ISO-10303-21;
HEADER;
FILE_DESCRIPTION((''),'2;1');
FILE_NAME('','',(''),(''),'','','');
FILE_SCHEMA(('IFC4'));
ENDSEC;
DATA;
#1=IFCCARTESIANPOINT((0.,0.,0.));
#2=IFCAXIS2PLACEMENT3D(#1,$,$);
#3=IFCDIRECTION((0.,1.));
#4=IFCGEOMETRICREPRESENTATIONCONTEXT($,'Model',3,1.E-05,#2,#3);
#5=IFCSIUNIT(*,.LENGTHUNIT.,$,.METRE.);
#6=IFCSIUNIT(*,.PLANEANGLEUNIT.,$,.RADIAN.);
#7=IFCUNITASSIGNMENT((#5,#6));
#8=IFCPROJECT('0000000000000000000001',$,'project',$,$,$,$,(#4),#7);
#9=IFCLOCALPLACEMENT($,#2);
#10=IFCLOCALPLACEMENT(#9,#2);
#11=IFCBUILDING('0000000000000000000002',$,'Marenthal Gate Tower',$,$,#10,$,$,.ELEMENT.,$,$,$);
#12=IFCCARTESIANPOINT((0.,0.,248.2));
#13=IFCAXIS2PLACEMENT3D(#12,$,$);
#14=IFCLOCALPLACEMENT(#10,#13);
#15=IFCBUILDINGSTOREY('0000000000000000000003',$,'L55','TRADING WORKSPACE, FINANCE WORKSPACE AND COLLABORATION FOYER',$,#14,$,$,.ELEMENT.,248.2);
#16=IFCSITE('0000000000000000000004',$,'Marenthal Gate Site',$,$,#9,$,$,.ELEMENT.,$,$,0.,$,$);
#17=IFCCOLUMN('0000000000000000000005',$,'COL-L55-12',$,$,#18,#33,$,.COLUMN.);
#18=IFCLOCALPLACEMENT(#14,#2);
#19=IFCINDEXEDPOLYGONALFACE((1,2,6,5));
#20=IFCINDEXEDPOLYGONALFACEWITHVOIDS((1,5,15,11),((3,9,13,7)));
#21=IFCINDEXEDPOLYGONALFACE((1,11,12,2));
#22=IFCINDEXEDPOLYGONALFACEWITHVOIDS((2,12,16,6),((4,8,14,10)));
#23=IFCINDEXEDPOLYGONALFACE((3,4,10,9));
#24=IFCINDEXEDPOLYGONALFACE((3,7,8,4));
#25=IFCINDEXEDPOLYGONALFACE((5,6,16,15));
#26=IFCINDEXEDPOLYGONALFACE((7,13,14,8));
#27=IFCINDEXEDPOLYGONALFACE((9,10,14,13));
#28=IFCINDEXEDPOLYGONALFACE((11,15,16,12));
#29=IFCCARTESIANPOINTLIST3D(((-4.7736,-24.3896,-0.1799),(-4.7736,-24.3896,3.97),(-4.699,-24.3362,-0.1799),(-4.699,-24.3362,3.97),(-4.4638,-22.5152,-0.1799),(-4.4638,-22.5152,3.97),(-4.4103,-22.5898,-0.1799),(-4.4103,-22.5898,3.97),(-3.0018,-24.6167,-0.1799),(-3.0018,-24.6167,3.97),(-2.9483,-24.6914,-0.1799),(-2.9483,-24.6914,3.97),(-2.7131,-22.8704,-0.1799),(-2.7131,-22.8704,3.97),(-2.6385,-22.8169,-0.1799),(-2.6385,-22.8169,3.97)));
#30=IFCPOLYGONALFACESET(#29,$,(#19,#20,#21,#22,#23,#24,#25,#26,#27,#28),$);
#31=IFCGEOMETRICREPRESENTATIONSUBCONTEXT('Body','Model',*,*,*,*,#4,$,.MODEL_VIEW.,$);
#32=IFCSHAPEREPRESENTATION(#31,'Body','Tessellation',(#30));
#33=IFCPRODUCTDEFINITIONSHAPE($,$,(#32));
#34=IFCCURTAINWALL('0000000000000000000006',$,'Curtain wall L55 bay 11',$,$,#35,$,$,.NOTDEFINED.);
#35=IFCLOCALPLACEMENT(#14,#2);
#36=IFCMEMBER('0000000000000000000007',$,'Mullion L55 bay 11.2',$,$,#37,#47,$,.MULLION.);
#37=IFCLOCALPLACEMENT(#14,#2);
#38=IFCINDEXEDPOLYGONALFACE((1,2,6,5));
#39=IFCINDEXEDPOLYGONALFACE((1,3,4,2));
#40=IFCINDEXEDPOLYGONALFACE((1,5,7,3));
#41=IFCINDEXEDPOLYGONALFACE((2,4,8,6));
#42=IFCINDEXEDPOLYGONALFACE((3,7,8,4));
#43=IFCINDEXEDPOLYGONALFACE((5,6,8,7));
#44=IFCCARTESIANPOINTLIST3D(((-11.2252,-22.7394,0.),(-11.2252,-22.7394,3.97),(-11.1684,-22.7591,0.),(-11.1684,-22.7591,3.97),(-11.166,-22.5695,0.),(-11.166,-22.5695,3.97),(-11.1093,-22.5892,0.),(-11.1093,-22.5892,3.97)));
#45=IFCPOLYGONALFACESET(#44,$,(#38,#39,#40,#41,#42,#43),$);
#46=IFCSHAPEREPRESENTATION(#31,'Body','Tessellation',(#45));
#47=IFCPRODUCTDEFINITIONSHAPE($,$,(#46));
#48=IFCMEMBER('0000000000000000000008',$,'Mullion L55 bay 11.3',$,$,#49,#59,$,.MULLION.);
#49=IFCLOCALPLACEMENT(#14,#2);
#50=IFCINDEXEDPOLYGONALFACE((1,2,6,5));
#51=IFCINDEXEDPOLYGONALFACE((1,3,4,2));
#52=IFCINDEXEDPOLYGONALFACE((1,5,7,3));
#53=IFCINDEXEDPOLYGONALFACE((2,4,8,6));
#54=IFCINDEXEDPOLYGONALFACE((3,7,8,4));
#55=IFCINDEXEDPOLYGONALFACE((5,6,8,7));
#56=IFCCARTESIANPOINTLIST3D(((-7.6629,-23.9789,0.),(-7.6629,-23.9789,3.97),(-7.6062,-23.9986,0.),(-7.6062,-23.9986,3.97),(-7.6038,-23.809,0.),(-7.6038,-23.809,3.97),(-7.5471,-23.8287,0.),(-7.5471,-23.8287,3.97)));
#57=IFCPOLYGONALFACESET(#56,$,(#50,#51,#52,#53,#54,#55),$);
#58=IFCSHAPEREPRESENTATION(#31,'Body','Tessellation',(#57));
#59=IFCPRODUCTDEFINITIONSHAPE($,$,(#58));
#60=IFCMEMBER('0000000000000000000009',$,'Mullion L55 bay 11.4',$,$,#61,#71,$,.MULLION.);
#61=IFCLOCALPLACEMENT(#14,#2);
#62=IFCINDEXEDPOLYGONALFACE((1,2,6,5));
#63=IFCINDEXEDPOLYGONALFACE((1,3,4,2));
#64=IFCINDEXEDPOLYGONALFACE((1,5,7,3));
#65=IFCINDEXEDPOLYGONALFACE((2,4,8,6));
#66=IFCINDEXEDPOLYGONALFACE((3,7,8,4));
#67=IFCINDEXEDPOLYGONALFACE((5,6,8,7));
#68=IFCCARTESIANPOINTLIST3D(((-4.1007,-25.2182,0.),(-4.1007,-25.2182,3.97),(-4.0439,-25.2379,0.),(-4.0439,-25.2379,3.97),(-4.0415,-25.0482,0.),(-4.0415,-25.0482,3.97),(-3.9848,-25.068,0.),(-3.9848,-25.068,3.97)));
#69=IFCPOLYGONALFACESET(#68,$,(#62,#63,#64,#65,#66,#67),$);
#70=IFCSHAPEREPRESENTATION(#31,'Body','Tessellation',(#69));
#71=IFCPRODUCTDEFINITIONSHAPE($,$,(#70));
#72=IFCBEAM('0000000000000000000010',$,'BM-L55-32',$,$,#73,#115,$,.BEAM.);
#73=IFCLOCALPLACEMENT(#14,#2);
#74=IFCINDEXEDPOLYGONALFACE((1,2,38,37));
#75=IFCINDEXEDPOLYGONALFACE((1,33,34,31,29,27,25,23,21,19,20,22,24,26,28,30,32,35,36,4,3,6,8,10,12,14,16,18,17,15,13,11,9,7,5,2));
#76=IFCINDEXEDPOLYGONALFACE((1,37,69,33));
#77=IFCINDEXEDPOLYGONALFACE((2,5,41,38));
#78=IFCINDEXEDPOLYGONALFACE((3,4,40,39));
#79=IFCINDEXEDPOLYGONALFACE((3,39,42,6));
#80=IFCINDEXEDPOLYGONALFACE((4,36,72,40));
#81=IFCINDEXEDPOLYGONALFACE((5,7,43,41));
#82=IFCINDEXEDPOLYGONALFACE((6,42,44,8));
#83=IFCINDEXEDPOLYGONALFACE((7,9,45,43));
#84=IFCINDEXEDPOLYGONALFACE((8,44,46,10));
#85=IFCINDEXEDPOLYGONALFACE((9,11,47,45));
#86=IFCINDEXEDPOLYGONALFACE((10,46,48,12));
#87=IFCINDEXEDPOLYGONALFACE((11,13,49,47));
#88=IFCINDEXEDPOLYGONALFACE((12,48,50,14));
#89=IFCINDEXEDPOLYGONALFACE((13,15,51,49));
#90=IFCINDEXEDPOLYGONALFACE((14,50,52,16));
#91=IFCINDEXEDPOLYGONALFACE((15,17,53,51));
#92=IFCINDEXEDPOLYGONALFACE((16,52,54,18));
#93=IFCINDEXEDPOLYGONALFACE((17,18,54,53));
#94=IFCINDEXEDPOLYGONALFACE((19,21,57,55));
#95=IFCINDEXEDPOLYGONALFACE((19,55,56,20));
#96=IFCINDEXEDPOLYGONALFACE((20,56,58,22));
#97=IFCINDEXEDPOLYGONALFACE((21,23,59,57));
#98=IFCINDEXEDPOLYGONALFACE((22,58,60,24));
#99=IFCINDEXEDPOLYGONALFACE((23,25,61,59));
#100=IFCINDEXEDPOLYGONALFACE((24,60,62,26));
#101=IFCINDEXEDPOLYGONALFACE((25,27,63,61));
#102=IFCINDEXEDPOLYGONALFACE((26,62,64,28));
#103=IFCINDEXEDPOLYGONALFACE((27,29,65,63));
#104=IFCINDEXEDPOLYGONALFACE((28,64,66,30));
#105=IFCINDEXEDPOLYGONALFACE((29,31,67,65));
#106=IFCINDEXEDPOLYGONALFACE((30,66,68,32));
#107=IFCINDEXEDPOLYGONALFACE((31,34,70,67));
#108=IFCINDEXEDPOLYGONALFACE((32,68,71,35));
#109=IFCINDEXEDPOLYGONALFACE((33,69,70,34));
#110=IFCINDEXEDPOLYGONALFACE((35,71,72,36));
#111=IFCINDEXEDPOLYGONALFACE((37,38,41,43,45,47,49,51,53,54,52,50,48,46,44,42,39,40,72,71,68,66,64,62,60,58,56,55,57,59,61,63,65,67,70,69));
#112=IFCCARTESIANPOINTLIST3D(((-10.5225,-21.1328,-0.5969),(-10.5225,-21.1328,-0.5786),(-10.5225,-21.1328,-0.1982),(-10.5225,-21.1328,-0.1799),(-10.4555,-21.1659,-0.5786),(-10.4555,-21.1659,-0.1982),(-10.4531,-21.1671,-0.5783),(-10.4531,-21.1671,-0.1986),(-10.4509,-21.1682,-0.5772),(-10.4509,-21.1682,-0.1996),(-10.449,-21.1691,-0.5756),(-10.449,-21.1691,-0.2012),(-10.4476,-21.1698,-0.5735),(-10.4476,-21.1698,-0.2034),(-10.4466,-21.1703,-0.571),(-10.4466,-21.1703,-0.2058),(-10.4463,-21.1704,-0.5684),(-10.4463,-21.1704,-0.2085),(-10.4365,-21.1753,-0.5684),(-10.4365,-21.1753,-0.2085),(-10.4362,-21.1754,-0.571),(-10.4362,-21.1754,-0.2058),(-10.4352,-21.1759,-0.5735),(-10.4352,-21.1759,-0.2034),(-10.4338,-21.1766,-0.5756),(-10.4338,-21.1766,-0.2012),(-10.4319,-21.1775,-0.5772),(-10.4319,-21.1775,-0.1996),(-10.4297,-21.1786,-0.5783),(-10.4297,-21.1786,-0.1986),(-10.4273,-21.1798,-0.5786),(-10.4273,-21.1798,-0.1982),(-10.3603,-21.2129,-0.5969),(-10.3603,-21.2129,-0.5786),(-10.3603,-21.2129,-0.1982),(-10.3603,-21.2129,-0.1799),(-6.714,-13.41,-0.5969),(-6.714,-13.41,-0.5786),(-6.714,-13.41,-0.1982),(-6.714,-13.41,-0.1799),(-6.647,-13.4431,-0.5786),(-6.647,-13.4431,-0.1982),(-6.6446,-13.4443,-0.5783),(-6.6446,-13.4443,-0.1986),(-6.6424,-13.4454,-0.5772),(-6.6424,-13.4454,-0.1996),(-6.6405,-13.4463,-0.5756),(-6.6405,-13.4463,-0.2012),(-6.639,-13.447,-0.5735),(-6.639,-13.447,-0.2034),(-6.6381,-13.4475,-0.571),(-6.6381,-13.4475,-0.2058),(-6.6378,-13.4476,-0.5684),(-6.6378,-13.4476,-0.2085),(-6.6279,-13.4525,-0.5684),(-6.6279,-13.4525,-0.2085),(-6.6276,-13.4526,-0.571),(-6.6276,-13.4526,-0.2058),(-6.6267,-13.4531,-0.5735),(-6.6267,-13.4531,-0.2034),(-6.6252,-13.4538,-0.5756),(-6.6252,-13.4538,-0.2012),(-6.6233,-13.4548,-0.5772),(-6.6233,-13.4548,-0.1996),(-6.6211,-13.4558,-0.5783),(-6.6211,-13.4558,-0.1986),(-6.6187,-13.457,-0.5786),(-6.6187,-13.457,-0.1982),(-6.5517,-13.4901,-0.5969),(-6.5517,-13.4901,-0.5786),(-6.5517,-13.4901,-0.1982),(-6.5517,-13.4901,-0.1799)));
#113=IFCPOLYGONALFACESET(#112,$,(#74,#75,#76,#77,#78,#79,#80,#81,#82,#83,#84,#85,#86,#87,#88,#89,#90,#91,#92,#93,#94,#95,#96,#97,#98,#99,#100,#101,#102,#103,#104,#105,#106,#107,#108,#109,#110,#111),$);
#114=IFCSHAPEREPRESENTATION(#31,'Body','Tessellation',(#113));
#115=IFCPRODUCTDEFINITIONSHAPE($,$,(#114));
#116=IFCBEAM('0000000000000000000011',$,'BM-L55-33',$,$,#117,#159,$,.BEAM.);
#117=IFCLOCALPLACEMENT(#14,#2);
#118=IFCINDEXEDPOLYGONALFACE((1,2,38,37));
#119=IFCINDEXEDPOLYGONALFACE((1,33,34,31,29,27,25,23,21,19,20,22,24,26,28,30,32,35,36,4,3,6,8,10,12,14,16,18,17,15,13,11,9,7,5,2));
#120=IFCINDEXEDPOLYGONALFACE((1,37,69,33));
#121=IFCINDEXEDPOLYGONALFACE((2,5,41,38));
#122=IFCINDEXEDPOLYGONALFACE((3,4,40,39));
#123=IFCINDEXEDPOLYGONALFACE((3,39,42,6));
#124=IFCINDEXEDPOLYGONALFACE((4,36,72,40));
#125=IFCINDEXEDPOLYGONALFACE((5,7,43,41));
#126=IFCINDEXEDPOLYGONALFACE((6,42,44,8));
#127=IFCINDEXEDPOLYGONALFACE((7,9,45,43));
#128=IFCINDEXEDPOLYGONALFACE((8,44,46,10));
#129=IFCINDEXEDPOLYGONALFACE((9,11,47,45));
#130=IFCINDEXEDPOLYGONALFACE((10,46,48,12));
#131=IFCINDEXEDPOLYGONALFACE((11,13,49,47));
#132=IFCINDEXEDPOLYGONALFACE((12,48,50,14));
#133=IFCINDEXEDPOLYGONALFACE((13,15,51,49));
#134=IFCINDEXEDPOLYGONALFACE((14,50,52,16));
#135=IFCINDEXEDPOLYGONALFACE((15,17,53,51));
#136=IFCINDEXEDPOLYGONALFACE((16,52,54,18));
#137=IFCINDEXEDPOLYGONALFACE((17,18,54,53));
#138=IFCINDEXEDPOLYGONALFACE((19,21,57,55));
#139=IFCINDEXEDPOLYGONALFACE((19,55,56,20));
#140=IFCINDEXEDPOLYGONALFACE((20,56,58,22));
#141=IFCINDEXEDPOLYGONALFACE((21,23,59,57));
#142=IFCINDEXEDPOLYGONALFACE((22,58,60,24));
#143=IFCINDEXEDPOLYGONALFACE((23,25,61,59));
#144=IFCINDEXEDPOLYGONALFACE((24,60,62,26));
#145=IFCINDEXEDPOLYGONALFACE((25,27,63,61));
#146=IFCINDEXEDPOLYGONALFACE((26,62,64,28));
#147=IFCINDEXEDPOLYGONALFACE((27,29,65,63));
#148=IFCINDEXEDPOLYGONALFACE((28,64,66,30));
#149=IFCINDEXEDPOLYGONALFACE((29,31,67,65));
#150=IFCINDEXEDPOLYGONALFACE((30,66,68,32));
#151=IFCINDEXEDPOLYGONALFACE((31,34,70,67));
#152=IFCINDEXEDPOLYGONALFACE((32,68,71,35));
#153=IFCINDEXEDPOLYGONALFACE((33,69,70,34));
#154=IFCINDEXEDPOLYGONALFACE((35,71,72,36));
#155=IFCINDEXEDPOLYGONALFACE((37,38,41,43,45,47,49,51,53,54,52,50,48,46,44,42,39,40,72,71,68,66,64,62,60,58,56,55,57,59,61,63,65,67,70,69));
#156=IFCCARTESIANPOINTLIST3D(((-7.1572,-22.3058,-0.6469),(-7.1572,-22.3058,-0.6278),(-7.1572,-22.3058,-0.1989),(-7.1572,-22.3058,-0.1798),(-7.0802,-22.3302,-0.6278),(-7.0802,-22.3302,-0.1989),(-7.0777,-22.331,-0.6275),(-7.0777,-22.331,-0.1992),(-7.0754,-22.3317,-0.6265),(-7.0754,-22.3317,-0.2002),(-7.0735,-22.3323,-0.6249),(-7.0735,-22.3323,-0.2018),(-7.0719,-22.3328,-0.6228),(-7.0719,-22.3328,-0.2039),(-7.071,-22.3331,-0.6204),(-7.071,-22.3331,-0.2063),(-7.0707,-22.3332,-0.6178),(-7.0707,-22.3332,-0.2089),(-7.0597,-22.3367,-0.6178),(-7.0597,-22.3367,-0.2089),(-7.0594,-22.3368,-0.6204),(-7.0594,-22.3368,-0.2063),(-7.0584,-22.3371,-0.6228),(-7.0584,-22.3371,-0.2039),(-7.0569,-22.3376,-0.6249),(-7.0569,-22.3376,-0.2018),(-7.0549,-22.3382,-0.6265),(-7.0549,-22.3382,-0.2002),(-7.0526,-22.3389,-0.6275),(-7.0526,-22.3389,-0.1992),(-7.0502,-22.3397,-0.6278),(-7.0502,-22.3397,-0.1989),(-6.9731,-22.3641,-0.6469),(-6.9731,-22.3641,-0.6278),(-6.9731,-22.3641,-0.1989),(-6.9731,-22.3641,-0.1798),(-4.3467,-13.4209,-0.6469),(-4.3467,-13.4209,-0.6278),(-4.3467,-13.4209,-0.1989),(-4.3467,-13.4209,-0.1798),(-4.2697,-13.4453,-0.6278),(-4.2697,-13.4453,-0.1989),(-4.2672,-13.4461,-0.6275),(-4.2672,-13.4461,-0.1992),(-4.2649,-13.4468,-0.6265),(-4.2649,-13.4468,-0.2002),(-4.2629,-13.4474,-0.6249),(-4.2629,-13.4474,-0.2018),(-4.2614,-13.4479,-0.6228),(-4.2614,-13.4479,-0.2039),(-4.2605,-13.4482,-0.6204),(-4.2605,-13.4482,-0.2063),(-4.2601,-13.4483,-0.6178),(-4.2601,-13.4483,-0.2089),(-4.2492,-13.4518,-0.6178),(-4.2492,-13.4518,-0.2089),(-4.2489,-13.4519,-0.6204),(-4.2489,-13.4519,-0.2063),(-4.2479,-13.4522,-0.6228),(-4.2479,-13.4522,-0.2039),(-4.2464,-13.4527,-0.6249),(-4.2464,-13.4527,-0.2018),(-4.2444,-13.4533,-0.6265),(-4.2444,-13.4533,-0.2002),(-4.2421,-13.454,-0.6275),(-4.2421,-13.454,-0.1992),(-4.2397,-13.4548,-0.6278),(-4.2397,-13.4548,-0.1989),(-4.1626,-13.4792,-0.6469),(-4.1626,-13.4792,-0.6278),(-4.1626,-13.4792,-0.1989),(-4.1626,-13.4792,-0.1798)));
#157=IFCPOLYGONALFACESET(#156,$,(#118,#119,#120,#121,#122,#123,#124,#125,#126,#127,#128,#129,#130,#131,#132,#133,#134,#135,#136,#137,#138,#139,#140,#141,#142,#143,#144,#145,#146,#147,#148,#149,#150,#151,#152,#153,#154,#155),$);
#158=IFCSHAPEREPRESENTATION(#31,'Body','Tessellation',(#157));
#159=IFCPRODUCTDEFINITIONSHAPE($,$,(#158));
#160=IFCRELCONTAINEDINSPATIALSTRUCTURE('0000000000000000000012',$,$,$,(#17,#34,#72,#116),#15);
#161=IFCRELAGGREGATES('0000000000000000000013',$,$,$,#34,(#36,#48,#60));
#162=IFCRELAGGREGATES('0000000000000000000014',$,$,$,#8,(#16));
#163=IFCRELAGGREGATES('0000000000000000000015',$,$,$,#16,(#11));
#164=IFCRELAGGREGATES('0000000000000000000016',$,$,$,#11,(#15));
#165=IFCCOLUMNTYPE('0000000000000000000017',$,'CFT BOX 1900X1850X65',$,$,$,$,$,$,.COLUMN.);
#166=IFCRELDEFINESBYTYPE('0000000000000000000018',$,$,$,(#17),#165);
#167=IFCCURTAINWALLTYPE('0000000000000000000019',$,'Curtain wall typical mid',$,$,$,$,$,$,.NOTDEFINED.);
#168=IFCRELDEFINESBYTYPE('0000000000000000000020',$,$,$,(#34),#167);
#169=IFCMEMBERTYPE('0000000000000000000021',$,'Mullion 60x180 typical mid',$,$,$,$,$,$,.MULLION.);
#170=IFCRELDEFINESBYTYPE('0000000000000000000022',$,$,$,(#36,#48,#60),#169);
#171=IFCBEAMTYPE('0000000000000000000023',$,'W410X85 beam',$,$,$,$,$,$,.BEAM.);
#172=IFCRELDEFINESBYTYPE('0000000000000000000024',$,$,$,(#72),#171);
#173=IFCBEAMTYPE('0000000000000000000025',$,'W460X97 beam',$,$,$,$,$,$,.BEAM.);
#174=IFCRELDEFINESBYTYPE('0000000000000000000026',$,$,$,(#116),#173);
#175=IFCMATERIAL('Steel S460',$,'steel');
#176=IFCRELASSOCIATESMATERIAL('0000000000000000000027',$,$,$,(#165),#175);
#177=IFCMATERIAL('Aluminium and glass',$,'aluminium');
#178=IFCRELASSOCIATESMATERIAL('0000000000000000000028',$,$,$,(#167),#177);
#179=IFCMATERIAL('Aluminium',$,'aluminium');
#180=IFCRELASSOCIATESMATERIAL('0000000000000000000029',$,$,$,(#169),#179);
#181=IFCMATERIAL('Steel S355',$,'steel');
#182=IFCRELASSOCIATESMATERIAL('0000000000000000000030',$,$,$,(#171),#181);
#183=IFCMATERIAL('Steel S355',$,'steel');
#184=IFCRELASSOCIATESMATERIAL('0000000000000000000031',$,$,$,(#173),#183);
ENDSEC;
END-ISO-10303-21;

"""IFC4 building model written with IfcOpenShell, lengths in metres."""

from ifc_helpers import new_model, si_unit, direction, frame, origin, origin_2d, place, context, subcontext, project, spatial, rectangle, hollow_rectangle, i_section, extrude, material, material_profile, profile_set, type_object, element, aggregate, save


model = new_model("IFC4")

# Units and contexts
model_context = context("Model", 3, precision=1e-05, world=origin(), true_north=direction((0.0, 1.0)))
body_context = subcontext(model_context, "Body", "Model", "MODEL_VIEW")
ifc_project = project(units=[si_unit("LENGTHUNIT", "METRE"), si_unit("PLANEANGLEUNIT", "RADIAN")], contexts=[model_context])

# Site, building, storey
site_placement = place(None, origin())
site = spatial("IfcSite", under=ifc_project, at=site_placement, Name="Marenthal Gate Site", CompositionType="ELEMENT", RefElevation=0.0)
building_placement = place(site_placement, origin())
building = spatial("IfcBuilding", under=site, at=building_placement, Name="Marenthal Gate Tower", CompositionType="ELEMENT")
storey_placement = place(building_placement, frame((0.0, 0.0, 248.2)))
storey = spatial("IfcBuildingStorey", under=building, at=storey_placement, Name="L55", Description="TRADING WORKSPACE, FINANCE WORKSPACE AND COLLABORATION FOYER", CompositionType="ELEMENT", Elevation=248.2)

# Column
ifc_material_1 = material(Name="Steel S460", Category="steel")
ifc_material_profile_1 = material_profile(ifc_material_1, hollow_rectangle(XDim=1.8501, YDim=1.8999, WallThickness=0.0649, at=origin_2d()), Name="CFT BOX 1900X1850X65")
ifc_material_2 = material(Name="Concrete 70 MPa", Category="concrete")
ifc_material_profile_2 = material_profile(ifc_material_2, rectangle(XDim=1.72, YDim=1.77, at=origin_2d()), Name="CFT BOX 1900X1850X65 INFILL")
ifc_profile_set_1 = profile_set([ifc_material_profile_1, ifc_material_profile_2], Name="Steel S460 shell, Concrete 70 MPa infill")
column_type = type_object("IfcColumnType", Name="CFT BOX 1900X1850X65", PredefinedType="COLUMN", material=ifc_profile_set_1)
column_placement = place(storey_placement, frame((-3.7061, -23.6033, -0.1799), z_axis=(0.0, 0.0, 1.0), x_axis=(-0.986611, 0.163088, 0.0)))
element("IfcColumn", 1, at=column_placement, inside=storey, type_object=column_type, Name="COL-L55-12", PredefinedType="COLUMN", context=body_context, shape_type="SweptSolid", body=[
    extrude(hollow_rectangle(XDim=1.8501, YDim=1.8999, WallThickness=0.0649, at=origin_2d()), origin(), (0.0, 0.0, 1.0), 4.1499),
])

# Curtain wall, members
ifc_material_3 = material(Name="Aluminium and glass", Category="aluminium")
curtain_wall_type = type_object("IfcCurtainWallType", Name="Curtain wall typical mid", PredefinedType="NOTDEFINED", material=ifc_material_3)
curtain_wall_placement = place(storey_placement, origin())
curtain_wall = element("IfcCurtainWall", 2, at=curtain_wall_placement, inside=storey, type_object=curtain_wall_type, Name="Curtain wall L55 bay 11", PredefinedType="NOTDEFINED")
ifc_material_4 = material(Name="Aluminium", Category="aluminium")
ifc_material_profile_3 = material_profile(ifc_material_4, rectangle(XDim=0.1799, YDim=0.0601, at=origin_2d()), Name="60x180 aluminium mullion")
ifc_profile_set_2 = profile_set([ifc_material_profile_3], Name="Aluminium")
member_type = type_object("IfcMemberType", Name="Mullion 60x180 typical mid", PredefinedType="MULLION", material=ifc_profile_set_2)
member_1_placement = place(storey_placement, frame((-11.1672, -22.6643, 0.0), z_axis=(0.0, 0.0, 1.0), x_axis=(0.328612, 0.944465, 0.0)))
member_1 = element("IfcMember", 3, at=member_1_placement, type_object=member_type, Name="Mullion L55 bay 11.2", PredefinedType="MULLION", context=body_context, shape_type="SweptSolid", body=[
    extrude(rectangle(XDim=0.1799, YDim=0.0601, at=origin_2d()), origin(), (0.0, 0.0, 1.0), 3.97),
])
member_2_placement = place(storey_placement, frame((-7.605, -23.9038, 0.0), z_axis=(0.0, 0.0, 1.0), x_axis=(0.328612, 0.944465, 0.0)))
member_2 = element("IfcMember", 4, at=member_2_placement, type_object=member_type, Name="Mullion L55 bay 11.3", PredefinedType="MULLION", context=body_context, shape_type="SweptSolid", body=[
    extrude(rectangle(XDim=0.1799, YDim=0.0601, at=origin_2d()), origin(), (0.0, 0.0, 1.0), 3.97),
])
member_3_placement = place(storey_placement, frame((-4.0427, -25.1431, 0.0), z_axis=(0.0, 0.0, 1.0), x_axis=(0.328612, 0.944465, 0.0)))
member_3 = element("IfcMember", 5, at=member_3_placement, type_object=member_type, Name="Mullion L55 bay 11.4", PredefinedType="MULLION", context=body_context, shape_type="SweptSolid", body=[
    extrude(rectangle(XDim=0.1799, YDim=0.0601, at=origin_2d()), origin(), (0.0, 0.0, 1.0), 3.97),
])

# Beams
ifc_material_5 = material(Name="Steel S355", Category="steel")
ifc_material_profile_4 = material_profile(ifc_material_5, i_section(OverallWidth=0.1809, OverallDepth=0.417, WebThickness=0.011, FlangeThickness=0.0183, FilletRadius=0.0103, at=origin_2d()), Name="W410X85")
ifc_profile_set_3 = profile_set([ifc_material_profile_4], Name="Steel S355")
beam_type_1 = type_object("IfcBeamType", Name="W410X85 beam", PredefinedType="BEAM", material=ifc_profile_set_3)
beam_1_placement = place(storey_placement, frame((-10.4414, -21.1729, -0.3884), z_axis=(0.442296, 0.896869, 0.0), x_axis=(-0.896869, 0.442296, 0.0)))
element("IfcBeam", 6, at=beam_1_placement, inside=storey, type_object=beam_type_1, Name="BM-L55-32", PredefinedType="BEAM", context=body_context, shape_type="SweptSolid", body=[
    extrude(i_section(OverallWidth=0.1809, OverallDepth=0.417, WebThickness=0.011, FlangeThickness=0.0183, FilletRadius=0.0103, at=origin_2d()), origin(), (0.0, 0.0, 1.0), 8.6108),
])
ifc_material_6 = material(Name="Steel S355", Category="steel")
ifc_material_profile_5 = material_profile(ifc_material_6, i_section(OverallWidth=0.1931, OverallDepth=0.467, WebThickness=0.0115, FlangeThickness=0.019, FilletRadius=0.01, at=origin_2d()), Name="W460X97")
ifc_profile_set_4 = profile_set([ifc_material_profile_5], Name="Steel S355")
beam_type_2 = type_object("IfcBeamType", Name="W460X97 beam", PredefinedType="BEAM", material=ifc_profile_set_4)
beam_2_placement = place(storey_placement, frame((-7.0652, -22.335, -0.4133), z_axis=(0.301595, 0.953436, 0.0), x_axis=(-0.953436, 0.301595, 0.0)))
element("IfcBeam", 7, at=beam_2_placement, inside=storey, type_object=beam_type_2, Name="BM-L55-33", PredefinedType="BEAM", context=body_context, shape_type="SweptSolid", body=[
    extrude(i_section(OverallWidth=0.1931, OverallDepth=0.467, WebThickness=0.0115, FlangeThickness=0.019, FilletRadius=0.01, at=origin_2d()), origin(), (0.0, 0.0, 1.0), 9.3188),
])

aggregate(curtain_wall, [member_1, member_2, member_3])

save(model, "model.ifc")
